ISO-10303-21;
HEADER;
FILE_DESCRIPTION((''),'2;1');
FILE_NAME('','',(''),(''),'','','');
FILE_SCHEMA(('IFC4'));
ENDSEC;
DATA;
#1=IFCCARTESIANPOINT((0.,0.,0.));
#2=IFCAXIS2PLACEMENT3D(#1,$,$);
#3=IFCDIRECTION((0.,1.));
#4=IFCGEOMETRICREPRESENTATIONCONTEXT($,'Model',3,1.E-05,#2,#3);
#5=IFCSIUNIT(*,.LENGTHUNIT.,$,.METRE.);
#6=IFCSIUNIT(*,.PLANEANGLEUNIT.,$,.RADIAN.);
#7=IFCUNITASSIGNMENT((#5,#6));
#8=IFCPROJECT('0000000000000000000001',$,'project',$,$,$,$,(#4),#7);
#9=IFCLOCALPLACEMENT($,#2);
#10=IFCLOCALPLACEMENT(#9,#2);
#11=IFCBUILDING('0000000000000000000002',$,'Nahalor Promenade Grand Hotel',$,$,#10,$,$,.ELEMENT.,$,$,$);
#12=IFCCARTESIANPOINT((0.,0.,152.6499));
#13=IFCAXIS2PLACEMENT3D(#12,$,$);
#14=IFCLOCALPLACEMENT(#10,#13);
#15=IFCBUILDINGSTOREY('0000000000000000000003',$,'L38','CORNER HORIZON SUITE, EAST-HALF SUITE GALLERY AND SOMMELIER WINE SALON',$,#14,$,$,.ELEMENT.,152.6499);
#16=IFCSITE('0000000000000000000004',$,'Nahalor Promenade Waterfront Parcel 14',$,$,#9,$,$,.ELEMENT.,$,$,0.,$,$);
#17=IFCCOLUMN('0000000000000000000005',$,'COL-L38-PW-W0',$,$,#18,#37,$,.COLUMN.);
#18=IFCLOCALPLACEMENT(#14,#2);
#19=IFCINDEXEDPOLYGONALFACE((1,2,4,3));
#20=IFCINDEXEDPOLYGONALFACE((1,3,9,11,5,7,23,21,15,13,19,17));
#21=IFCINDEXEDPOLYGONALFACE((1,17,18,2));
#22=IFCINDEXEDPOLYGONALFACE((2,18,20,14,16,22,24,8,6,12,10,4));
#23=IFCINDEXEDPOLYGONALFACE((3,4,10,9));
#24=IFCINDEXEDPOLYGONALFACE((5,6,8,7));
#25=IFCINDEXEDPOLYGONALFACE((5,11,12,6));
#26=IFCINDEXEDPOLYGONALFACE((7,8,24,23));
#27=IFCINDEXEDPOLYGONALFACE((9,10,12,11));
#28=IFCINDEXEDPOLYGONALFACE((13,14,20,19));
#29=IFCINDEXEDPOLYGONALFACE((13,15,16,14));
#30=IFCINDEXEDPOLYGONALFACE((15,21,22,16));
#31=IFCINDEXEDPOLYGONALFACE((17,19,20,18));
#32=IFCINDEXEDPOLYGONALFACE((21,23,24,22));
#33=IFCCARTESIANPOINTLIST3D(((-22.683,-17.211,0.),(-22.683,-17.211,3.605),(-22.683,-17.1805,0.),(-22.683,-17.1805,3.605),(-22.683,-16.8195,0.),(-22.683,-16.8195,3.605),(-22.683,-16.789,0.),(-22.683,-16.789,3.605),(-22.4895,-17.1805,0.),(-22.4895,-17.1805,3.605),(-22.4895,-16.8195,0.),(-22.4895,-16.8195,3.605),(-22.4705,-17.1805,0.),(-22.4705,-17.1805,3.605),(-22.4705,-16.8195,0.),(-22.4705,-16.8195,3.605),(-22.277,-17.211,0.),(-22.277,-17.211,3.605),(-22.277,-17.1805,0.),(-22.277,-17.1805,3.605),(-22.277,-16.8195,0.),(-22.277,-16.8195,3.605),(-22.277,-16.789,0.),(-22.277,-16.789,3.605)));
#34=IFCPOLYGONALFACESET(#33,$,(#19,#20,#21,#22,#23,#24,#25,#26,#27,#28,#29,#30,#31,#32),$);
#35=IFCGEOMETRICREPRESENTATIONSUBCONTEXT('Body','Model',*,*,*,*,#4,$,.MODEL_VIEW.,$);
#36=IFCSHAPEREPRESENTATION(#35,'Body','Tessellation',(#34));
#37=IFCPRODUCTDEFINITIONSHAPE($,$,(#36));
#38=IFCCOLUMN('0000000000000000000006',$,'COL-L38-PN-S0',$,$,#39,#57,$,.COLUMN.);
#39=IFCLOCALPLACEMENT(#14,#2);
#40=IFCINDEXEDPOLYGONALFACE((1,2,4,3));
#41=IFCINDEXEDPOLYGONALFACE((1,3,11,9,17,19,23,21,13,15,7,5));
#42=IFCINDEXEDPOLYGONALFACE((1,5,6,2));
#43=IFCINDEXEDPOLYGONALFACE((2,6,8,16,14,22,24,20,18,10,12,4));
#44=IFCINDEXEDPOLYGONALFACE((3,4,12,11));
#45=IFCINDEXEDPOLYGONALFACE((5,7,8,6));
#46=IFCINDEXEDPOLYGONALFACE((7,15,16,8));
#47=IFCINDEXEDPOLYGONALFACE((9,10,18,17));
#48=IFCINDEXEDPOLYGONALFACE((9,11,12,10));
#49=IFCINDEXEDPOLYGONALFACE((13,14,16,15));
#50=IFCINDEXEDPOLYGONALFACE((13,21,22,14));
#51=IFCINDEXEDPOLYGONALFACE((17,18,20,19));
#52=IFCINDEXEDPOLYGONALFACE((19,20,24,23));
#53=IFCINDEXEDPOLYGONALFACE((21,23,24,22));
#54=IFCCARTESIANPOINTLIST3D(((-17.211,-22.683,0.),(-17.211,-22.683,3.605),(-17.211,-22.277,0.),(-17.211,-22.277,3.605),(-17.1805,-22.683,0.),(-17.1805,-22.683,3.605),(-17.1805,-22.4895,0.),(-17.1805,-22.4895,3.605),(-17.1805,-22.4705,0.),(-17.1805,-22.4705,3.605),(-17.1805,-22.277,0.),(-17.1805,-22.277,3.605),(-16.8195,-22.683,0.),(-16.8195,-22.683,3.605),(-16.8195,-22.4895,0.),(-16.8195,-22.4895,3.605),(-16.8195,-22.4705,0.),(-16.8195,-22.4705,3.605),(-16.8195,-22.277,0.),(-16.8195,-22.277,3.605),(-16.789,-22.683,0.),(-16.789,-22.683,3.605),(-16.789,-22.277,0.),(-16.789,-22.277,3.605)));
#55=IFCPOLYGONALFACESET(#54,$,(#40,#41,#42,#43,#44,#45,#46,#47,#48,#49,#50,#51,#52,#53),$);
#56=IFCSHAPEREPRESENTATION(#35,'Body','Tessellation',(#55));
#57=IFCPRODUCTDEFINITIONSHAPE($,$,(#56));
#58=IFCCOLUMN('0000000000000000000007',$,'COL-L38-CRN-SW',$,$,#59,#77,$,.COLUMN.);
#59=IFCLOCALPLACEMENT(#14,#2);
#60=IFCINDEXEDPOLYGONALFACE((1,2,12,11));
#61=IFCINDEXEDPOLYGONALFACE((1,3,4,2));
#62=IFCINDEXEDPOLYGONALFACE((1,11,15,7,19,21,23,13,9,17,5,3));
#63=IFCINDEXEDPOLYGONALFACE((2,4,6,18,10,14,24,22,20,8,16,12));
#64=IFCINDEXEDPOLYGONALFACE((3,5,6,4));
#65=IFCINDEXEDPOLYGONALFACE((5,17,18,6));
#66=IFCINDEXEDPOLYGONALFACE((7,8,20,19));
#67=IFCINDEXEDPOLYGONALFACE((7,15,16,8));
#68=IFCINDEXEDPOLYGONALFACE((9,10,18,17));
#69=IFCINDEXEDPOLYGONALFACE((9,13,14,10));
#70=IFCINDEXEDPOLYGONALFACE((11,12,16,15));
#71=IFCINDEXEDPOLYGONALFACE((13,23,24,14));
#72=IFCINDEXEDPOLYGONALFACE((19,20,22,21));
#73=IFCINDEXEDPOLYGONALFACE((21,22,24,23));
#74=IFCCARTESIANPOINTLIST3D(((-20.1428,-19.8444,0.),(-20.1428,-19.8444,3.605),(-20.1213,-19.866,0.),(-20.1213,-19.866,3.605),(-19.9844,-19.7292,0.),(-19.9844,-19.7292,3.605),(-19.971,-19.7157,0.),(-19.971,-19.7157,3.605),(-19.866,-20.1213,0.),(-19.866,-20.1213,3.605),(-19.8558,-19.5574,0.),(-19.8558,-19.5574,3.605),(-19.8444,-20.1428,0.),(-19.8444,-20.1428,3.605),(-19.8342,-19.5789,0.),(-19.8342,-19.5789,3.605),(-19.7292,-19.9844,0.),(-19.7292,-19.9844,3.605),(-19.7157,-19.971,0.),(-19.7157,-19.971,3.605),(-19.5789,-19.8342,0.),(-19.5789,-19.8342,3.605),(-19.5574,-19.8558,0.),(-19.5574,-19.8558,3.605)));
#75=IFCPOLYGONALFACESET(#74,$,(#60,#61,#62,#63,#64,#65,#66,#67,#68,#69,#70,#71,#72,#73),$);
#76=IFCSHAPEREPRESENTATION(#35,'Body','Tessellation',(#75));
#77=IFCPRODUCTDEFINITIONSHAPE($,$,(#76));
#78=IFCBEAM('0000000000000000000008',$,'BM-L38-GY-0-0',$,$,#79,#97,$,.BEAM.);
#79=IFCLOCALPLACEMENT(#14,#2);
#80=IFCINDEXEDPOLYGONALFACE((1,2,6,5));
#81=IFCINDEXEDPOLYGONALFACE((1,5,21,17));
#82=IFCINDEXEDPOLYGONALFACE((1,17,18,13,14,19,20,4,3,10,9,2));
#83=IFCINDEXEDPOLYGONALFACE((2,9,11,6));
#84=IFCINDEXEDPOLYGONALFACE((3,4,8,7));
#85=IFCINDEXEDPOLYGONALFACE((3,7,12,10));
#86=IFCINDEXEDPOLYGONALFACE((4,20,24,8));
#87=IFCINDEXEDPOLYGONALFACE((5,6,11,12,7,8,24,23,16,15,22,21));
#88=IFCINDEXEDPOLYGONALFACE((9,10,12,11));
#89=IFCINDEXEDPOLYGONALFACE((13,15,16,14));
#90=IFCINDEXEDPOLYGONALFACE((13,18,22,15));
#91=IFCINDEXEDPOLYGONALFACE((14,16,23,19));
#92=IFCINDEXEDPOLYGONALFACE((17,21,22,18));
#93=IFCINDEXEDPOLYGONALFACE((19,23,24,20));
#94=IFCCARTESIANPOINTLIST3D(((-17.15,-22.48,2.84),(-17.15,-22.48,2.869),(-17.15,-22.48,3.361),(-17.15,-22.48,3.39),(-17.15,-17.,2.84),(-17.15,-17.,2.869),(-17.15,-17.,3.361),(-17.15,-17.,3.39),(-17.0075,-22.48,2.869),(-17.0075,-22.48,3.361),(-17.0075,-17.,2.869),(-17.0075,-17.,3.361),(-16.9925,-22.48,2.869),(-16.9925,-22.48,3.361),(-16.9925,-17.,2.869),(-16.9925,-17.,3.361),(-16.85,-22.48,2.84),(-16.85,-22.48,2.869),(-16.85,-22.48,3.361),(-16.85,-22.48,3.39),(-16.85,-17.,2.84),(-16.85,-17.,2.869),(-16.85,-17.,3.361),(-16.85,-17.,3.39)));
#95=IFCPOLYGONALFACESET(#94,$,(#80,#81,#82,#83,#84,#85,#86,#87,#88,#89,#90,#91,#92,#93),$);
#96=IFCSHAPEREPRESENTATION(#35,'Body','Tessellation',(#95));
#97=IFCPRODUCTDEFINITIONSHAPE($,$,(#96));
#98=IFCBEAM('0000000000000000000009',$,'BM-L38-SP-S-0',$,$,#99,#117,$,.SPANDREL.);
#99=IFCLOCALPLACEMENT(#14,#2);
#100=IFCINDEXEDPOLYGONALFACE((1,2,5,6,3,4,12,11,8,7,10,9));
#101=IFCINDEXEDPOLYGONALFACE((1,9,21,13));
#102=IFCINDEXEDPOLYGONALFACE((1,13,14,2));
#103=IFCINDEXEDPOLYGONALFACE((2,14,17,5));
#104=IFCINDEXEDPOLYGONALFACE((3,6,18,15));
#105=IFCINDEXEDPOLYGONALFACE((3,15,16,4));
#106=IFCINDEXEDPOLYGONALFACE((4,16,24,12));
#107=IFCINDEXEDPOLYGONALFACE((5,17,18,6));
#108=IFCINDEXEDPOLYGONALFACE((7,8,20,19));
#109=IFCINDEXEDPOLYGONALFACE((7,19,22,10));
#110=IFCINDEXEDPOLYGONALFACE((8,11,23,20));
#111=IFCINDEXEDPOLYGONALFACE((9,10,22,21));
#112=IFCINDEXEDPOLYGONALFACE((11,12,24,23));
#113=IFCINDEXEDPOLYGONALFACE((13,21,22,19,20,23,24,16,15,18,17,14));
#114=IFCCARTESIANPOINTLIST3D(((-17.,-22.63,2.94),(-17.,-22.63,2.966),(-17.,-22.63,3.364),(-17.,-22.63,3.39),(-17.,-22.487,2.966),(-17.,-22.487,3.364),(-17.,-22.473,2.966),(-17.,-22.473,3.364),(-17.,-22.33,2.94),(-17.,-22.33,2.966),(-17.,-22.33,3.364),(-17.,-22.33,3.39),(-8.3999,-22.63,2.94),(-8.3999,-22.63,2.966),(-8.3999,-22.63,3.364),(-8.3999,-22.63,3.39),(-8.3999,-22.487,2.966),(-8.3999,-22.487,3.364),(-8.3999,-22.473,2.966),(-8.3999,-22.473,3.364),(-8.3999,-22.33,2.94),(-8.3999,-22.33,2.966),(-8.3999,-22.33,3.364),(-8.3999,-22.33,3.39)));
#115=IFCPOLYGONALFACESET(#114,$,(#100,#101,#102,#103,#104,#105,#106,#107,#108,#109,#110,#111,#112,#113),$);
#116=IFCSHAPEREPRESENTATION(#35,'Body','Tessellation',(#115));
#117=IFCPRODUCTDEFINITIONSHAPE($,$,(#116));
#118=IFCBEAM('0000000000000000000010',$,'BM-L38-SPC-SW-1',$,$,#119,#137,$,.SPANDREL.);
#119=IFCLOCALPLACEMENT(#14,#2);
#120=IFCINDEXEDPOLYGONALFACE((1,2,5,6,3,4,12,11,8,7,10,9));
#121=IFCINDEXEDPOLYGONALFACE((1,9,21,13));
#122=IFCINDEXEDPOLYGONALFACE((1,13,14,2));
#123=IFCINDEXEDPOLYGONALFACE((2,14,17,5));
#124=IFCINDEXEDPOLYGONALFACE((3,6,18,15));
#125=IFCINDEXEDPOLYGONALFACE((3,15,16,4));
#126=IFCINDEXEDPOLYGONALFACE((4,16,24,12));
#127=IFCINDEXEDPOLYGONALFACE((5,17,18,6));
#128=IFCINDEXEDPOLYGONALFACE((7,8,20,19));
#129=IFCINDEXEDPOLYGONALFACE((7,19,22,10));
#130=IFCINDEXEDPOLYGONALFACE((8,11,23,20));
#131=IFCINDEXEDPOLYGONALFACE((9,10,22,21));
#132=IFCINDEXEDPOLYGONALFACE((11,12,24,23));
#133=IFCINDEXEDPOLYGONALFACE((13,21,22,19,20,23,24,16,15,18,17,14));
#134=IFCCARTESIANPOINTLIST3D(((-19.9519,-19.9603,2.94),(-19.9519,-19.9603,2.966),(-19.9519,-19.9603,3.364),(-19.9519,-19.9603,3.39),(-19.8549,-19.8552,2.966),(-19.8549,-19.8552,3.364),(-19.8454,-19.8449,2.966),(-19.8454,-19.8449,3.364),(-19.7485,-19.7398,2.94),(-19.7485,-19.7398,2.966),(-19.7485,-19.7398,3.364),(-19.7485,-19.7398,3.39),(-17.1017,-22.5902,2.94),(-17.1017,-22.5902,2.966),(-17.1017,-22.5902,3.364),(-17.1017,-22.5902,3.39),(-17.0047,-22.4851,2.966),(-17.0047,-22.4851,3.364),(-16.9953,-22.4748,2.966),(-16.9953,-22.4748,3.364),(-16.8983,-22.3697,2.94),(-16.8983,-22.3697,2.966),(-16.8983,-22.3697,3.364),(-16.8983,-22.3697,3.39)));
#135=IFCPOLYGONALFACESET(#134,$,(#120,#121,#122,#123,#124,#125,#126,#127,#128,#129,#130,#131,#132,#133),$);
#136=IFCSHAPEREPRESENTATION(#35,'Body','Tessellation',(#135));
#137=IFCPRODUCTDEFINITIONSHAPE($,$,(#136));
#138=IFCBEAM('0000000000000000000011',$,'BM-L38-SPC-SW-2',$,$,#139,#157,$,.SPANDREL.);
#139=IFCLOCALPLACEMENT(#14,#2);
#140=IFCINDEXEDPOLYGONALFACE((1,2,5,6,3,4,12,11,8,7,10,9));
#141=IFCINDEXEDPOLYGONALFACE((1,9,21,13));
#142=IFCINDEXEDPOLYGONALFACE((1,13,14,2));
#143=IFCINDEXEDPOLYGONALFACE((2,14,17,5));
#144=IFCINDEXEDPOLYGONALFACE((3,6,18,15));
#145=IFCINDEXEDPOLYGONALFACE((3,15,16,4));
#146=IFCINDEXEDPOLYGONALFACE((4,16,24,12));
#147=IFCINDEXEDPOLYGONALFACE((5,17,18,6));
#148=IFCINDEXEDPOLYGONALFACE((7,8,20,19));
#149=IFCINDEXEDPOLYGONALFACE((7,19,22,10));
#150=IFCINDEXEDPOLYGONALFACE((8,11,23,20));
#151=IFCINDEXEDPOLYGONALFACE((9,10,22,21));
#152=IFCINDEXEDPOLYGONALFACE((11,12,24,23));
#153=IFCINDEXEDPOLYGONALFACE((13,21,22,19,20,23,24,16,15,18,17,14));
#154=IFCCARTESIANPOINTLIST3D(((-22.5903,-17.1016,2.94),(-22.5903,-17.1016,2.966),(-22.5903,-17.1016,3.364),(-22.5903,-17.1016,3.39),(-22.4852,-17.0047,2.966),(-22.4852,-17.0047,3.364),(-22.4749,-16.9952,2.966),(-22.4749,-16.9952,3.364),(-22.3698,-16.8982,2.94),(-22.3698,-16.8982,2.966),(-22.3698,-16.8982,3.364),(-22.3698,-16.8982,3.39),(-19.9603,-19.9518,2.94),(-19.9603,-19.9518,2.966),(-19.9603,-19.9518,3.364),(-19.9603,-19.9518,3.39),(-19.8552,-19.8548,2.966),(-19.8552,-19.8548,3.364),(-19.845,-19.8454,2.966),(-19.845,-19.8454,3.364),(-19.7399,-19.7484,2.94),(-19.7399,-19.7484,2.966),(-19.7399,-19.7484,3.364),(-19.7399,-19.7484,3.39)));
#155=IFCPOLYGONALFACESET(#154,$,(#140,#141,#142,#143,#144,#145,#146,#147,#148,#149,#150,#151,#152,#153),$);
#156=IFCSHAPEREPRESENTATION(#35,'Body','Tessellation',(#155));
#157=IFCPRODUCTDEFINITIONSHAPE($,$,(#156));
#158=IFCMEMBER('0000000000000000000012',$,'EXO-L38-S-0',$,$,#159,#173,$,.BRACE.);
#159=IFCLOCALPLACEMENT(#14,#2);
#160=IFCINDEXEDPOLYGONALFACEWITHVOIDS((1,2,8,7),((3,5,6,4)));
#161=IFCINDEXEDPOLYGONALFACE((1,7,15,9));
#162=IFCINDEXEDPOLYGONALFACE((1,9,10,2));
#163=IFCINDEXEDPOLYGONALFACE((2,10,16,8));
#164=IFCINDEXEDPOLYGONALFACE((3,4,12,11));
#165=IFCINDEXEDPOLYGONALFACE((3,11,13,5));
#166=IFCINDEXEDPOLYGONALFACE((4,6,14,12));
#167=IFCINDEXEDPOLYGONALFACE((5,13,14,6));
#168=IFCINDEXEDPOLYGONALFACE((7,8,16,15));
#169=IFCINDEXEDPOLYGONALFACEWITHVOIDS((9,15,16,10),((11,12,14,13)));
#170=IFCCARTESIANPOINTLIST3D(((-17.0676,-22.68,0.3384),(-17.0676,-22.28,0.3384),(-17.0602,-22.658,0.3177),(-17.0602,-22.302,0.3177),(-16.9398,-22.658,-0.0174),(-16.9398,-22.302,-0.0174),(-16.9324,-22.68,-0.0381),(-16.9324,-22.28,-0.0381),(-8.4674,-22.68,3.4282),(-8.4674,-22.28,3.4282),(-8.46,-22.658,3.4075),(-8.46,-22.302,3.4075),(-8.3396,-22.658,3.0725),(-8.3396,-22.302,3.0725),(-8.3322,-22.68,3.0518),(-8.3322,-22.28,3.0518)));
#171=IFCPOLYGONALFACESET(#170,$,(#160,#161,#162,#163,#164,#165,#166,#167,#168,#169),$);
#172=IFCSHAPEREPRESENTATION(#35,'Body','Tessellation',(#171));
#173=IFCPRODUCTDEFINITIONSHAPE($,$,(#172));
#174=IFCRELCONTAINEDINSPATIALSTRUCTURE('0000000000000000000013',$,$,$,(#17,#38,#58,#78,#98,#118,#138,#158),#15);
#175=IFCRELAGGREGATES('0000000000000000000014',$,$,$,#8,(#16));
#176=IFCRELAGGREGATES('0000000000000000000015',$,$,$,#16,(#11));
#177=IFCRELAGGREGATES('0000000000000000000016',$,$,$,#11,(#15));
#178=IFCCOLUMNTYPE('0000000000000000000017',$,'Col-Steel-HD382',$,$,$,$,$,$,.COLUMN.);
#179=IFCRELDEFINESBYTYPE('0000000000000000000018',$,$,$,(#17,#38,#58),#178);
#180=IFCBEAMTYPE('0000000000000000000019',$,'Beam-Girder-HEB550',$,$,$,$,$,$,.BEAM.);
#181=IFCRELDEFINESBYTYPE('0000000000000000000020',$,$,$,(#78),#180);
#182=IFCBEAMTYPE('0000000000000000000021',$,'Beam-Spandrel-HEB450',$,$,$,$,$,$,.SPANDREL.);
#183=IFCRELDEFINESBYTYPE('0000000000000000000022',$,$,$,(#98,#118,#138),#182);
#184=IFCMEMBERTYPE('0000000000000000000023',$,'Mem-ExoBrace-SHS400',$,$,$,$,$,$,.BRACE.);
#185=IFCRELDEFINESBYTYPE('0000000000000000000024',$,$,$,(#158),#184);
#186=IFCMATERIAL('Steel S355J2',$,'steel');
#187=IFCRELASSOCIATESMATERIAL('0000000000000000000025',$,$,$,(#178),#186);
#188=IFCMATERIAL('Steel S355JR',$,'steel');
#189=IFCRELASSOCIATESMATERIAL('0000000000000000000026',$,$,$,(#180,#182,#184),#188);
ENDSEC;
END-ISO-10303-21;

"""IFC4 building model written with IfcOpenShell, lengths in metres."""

from ifc_helpers import new_model, si_unit, direction, frame, origin, origin_2d, place, context, subcontext, project, spatial, hollow_rectangle, i_section, extrude, source, transform, mapped, material, material_profile, profile_set, type_object, element, save


model = new_model("IFC4")

# Units and contexts
model_context = context("Model", 3, precision=1e-05, world=origin(), true_north=direction((0.0, 1.0)))
body_context = subcontext(model_context, "Body", "Model", "MODEL_VIEW")
ifc_project = project(units=[si_unit("LENGTHUNIT", "METRE"), si_unit("PLANEANGLEUNIT", "RADIAN")], contexts=[model_context])

# Site, building, storey
site_placement = place(None, origin())
site = spatial("IfcSite", under=ifc_project, at=site_placement, Name="Nahalor Promenade Waterfront Parcel 14", CompositionType="ELEMENT", RefElevation=0.0)
building_placement = place(site_placement, origin())
building = spatial("IfcBuilding", under=site, at=building_placement, Name="Nahalor Promenade Grand Hotel", CompositionType="ELEMENT")
storey_placement = place(building_placement, frame((0.0, 0.0, 152.6499)))
storey = spatial("IfcBuildingStorey", under=building, at=storey_placement, Name="L38", Description="CORNER HORIZON SUITE, EAST-HALF SUITE GALLERY AND SOMMELIER WINE SALON", CompositionType="ELEMENT", Elevation=152.6499)

# Columns
ifc_material_1 = material(Name="Steel S355J2", Category="steel")
ifc_material_profile_1 = material_profile(ifc_material_1, i_section(OverallWidth=0.406, OverallDepth=0.422, WebThickness=0.019, FlangeThickness=0.0305, at=origin_2d()), Name="HD 400x382")
ifc_profile_set_1 = profile_set([ifc_material_profile_1], Name="Steel S355J2")
column_type = type_object("IfcColumnType", Name="Col-Steel-HD382", PredefinedType="COLUMN", material=ifc_profile_set_1)
shared_shape_1 = source(origin(), body_context, "Body", "SweptSolid", [
    extrude(i_section(OverallWidth=0.406, OverallDepth=0.422, WebThickness=0.019, FlangeThickness=0.0305, at=origin_2d()), origin(), (0.0, 0.0, 1.0), 3.605),
])
for number, where, z_axis, x_axis, name in (
    (1, (-22.48, -17.0, 0.0), (0.0, 0.0, 1.0), (1.0, 0.0, 0.0), "COL-L38-PW-W0"),
    (2, (-17.0, -22.48, 0.0), (0.0, 0.0, 1.0), (0.0, 1.0, 0.0), "COL-L38-PN-S0"),
    (3, (-19.8501, -19.8501, 0.0), (0.0, 0.0, 1.0), (0.707107, 0.707107, 0.0), "COL-L38-CRN-SW"),
):
    element("IfcColumn", number, at=place(storey_placement, frame(where, z_axis=z_axis, x_axis=x_axis)), inside=storey, type_object=column_type, Name=name, PredefinedType="COLUMN", context=body_context, shape_type="MappedRepresentation", body=[
        mapped(shared_shape_1, transform((0.0, 0.0, 0.0), scale=1.0)),
    ])

# Beams
ifc_material_2 = material(Name="Steel S355JR", Category="steel")
ifc_material_profile_2 = material_profile(ifc_material_2, i_section(OverallWidth=0.3, OverallDepth=0.55, WebThickness=0.015, FlangeThickness=0.029, at=origin_2d()), Name="HEB 550")
ifc_profile_set_2 = profile_set([ifc_material_profile_2], Name="Steel S355JR")
beam_type_1 = type_object("IfcBeamType", Name="Beam-Girder-HEB550", PredefinedType="BEAM", material=ifc_profile_set_2)
shared_shape_2 = source(origin(), body_context, "Body", "SweptSolid", [
    extrude(i_section(OverallWidth=0.3, OverallDepth=0.55, WebThickness=0.015, FlangeThickness=0.029, at=origin_2d()), origin(), (0.0, 0.0, 1.0), 5.48),
])
beam_1_placement = place(storey_placement, frame((-17.0, -22.48, 3.115), z_axis=(0.0, 1.0, 0.0), x_axis=(-1.0, 0.0, 0.0)))
element("IfcBeam", 4, at=beam_1_placement, inside=storey, type_object=beam_type_1, Name="BM-L38-GY-0-0", PredefinedType="BEAM", context=body_context, shape_type="MappedRepresentation", body=[
    mapped(shared_shape_2, transform((0.0, 0.0, 0.0), scale=1.0)),
])
ifc_material_profile_3 = material_profile(ifc_material_2, i_section(OverallWidth=0.3, OverallDepth=0.45, WebThickness=0.014, FlangeThickness=0.026, at=origin_2d()), Name="HEB 450")
ifc_profile_set_3 = profile_set([ifc_material_profile_3], Name="Steel S355JR")
beam_type_2 = type_object("IfcBeamType", Name="Beam-Spandrel-HEB450", PredefinedType="SPANDREL", material=ifc_profile_set_3)
shared_shape_3 = source(origin(), body_context, "Body", "SweptSolid", [
    extrude(i_section(OverallWidth=0.3, OverallDepth=0.45, WebThickness=0.014, FlangeThickness=0.026, at=origin_2d()), origin(), (0.0, 0.0, 1.0), 8.6001),
])
beam_2_placement = place(storey_placement, frame((-17.0, -22.48, 3.165), z_axis=(1.0, 0.0, 0.0), x_axis=(0.0, 1.0, 0.0)))
element("IfcBeam", 5, at=beam_2_placement, inside=storey, type_object=beam_type_2, Name="BM-L38-SP-S-0", PredefinedType="SPANDREL", context=body_context, shape_type="MappedRepresentation", body=[
    mapped(shared_shape_3, transform((0.0, 0.0, 0.0), scale=1.0)),
])
shared_shape_4 = source(origin(), body_context, "Body", "SweptSolid", [
    extrude(i_section(OverallWidth=0.3, OverallDepth=0.45, WebThickness=0.014, FlangeThickness=0.026, at=origin_2d()), origin(), (0.0, 0.0, 1.0), 3.8782),
])
for number, where, z_axis, x_axis, name in (
    (6, (-17.0, -22.48, 3.165), (-0.734929, 0.678144, 0.0), (-0.678144, -0.734929, 0.0), "BM-L38-SPC-SW-1"),
    (7, (-19.8501, -19.8501, 3.165), (-0.678144, 0.734929, 0.0), (-0.734929, -0.678144, 0.0), "BM-L38-SPC-SW-2"),
):
    element("IfcBeam", number, at=place(storey_placement, frame(where, z_axis=z_axis, x_axis=x_axis)), inside=storey, type_object=beam_type_2, Name=name, PredefinedType="SPANDREL", context=body_context, shape_type="MappedRepresentation", body=[
        mapped(shared_shape_4, transform((0.0, 0.0, 0.0), scale=1.0)),
    ])

# Member
ifc_material_profile_4 = material_profile(ifc_material_2, hollow_rectangle(XDim=0.4, YDim=0.4, WallThickness=0.022, at=origin_2d()), Name="SHS 400x400x22")
ifc_profile_set_4 = profile_set([ifc_material_profile_4], Name="Steel S355JR")
member_type_1 = type_object("IfcMemberType", Name="Mem-ExoBrace-SHS400", PredefinedType="BRACE", material=ifc_profile_set_4)
shared_shape_5 = source(origin(), body_context, "Body", "SweptSolid", [
    extrude(hollow_rectangle(XDim=0.4, YDim=0.4, WallThickness=0.022, at=origin_2d()), origin(), (0.0, 0.0, 1.0), 9.1384),
])
member_1_placement = place(storey_placement, frame((-17.0, -22.48, 0.1501), z_axis=(0.941103, 0.0, 0.33812), x_axis=(0.0, 1.0, 0.0)))
element("IfcMember", 8, at=member_1_placement, inside=storey, type_object=member_type_1, Name="EXO-L38-S-0", PredefinedType="BRACE", context=body_context, shape_type="MappedRepresentation", body=[
    mapped(shared_shape_5, transform((0.0, 0.0, 0.0), scale=1.0)),
])

save(model, "model.ifc")
